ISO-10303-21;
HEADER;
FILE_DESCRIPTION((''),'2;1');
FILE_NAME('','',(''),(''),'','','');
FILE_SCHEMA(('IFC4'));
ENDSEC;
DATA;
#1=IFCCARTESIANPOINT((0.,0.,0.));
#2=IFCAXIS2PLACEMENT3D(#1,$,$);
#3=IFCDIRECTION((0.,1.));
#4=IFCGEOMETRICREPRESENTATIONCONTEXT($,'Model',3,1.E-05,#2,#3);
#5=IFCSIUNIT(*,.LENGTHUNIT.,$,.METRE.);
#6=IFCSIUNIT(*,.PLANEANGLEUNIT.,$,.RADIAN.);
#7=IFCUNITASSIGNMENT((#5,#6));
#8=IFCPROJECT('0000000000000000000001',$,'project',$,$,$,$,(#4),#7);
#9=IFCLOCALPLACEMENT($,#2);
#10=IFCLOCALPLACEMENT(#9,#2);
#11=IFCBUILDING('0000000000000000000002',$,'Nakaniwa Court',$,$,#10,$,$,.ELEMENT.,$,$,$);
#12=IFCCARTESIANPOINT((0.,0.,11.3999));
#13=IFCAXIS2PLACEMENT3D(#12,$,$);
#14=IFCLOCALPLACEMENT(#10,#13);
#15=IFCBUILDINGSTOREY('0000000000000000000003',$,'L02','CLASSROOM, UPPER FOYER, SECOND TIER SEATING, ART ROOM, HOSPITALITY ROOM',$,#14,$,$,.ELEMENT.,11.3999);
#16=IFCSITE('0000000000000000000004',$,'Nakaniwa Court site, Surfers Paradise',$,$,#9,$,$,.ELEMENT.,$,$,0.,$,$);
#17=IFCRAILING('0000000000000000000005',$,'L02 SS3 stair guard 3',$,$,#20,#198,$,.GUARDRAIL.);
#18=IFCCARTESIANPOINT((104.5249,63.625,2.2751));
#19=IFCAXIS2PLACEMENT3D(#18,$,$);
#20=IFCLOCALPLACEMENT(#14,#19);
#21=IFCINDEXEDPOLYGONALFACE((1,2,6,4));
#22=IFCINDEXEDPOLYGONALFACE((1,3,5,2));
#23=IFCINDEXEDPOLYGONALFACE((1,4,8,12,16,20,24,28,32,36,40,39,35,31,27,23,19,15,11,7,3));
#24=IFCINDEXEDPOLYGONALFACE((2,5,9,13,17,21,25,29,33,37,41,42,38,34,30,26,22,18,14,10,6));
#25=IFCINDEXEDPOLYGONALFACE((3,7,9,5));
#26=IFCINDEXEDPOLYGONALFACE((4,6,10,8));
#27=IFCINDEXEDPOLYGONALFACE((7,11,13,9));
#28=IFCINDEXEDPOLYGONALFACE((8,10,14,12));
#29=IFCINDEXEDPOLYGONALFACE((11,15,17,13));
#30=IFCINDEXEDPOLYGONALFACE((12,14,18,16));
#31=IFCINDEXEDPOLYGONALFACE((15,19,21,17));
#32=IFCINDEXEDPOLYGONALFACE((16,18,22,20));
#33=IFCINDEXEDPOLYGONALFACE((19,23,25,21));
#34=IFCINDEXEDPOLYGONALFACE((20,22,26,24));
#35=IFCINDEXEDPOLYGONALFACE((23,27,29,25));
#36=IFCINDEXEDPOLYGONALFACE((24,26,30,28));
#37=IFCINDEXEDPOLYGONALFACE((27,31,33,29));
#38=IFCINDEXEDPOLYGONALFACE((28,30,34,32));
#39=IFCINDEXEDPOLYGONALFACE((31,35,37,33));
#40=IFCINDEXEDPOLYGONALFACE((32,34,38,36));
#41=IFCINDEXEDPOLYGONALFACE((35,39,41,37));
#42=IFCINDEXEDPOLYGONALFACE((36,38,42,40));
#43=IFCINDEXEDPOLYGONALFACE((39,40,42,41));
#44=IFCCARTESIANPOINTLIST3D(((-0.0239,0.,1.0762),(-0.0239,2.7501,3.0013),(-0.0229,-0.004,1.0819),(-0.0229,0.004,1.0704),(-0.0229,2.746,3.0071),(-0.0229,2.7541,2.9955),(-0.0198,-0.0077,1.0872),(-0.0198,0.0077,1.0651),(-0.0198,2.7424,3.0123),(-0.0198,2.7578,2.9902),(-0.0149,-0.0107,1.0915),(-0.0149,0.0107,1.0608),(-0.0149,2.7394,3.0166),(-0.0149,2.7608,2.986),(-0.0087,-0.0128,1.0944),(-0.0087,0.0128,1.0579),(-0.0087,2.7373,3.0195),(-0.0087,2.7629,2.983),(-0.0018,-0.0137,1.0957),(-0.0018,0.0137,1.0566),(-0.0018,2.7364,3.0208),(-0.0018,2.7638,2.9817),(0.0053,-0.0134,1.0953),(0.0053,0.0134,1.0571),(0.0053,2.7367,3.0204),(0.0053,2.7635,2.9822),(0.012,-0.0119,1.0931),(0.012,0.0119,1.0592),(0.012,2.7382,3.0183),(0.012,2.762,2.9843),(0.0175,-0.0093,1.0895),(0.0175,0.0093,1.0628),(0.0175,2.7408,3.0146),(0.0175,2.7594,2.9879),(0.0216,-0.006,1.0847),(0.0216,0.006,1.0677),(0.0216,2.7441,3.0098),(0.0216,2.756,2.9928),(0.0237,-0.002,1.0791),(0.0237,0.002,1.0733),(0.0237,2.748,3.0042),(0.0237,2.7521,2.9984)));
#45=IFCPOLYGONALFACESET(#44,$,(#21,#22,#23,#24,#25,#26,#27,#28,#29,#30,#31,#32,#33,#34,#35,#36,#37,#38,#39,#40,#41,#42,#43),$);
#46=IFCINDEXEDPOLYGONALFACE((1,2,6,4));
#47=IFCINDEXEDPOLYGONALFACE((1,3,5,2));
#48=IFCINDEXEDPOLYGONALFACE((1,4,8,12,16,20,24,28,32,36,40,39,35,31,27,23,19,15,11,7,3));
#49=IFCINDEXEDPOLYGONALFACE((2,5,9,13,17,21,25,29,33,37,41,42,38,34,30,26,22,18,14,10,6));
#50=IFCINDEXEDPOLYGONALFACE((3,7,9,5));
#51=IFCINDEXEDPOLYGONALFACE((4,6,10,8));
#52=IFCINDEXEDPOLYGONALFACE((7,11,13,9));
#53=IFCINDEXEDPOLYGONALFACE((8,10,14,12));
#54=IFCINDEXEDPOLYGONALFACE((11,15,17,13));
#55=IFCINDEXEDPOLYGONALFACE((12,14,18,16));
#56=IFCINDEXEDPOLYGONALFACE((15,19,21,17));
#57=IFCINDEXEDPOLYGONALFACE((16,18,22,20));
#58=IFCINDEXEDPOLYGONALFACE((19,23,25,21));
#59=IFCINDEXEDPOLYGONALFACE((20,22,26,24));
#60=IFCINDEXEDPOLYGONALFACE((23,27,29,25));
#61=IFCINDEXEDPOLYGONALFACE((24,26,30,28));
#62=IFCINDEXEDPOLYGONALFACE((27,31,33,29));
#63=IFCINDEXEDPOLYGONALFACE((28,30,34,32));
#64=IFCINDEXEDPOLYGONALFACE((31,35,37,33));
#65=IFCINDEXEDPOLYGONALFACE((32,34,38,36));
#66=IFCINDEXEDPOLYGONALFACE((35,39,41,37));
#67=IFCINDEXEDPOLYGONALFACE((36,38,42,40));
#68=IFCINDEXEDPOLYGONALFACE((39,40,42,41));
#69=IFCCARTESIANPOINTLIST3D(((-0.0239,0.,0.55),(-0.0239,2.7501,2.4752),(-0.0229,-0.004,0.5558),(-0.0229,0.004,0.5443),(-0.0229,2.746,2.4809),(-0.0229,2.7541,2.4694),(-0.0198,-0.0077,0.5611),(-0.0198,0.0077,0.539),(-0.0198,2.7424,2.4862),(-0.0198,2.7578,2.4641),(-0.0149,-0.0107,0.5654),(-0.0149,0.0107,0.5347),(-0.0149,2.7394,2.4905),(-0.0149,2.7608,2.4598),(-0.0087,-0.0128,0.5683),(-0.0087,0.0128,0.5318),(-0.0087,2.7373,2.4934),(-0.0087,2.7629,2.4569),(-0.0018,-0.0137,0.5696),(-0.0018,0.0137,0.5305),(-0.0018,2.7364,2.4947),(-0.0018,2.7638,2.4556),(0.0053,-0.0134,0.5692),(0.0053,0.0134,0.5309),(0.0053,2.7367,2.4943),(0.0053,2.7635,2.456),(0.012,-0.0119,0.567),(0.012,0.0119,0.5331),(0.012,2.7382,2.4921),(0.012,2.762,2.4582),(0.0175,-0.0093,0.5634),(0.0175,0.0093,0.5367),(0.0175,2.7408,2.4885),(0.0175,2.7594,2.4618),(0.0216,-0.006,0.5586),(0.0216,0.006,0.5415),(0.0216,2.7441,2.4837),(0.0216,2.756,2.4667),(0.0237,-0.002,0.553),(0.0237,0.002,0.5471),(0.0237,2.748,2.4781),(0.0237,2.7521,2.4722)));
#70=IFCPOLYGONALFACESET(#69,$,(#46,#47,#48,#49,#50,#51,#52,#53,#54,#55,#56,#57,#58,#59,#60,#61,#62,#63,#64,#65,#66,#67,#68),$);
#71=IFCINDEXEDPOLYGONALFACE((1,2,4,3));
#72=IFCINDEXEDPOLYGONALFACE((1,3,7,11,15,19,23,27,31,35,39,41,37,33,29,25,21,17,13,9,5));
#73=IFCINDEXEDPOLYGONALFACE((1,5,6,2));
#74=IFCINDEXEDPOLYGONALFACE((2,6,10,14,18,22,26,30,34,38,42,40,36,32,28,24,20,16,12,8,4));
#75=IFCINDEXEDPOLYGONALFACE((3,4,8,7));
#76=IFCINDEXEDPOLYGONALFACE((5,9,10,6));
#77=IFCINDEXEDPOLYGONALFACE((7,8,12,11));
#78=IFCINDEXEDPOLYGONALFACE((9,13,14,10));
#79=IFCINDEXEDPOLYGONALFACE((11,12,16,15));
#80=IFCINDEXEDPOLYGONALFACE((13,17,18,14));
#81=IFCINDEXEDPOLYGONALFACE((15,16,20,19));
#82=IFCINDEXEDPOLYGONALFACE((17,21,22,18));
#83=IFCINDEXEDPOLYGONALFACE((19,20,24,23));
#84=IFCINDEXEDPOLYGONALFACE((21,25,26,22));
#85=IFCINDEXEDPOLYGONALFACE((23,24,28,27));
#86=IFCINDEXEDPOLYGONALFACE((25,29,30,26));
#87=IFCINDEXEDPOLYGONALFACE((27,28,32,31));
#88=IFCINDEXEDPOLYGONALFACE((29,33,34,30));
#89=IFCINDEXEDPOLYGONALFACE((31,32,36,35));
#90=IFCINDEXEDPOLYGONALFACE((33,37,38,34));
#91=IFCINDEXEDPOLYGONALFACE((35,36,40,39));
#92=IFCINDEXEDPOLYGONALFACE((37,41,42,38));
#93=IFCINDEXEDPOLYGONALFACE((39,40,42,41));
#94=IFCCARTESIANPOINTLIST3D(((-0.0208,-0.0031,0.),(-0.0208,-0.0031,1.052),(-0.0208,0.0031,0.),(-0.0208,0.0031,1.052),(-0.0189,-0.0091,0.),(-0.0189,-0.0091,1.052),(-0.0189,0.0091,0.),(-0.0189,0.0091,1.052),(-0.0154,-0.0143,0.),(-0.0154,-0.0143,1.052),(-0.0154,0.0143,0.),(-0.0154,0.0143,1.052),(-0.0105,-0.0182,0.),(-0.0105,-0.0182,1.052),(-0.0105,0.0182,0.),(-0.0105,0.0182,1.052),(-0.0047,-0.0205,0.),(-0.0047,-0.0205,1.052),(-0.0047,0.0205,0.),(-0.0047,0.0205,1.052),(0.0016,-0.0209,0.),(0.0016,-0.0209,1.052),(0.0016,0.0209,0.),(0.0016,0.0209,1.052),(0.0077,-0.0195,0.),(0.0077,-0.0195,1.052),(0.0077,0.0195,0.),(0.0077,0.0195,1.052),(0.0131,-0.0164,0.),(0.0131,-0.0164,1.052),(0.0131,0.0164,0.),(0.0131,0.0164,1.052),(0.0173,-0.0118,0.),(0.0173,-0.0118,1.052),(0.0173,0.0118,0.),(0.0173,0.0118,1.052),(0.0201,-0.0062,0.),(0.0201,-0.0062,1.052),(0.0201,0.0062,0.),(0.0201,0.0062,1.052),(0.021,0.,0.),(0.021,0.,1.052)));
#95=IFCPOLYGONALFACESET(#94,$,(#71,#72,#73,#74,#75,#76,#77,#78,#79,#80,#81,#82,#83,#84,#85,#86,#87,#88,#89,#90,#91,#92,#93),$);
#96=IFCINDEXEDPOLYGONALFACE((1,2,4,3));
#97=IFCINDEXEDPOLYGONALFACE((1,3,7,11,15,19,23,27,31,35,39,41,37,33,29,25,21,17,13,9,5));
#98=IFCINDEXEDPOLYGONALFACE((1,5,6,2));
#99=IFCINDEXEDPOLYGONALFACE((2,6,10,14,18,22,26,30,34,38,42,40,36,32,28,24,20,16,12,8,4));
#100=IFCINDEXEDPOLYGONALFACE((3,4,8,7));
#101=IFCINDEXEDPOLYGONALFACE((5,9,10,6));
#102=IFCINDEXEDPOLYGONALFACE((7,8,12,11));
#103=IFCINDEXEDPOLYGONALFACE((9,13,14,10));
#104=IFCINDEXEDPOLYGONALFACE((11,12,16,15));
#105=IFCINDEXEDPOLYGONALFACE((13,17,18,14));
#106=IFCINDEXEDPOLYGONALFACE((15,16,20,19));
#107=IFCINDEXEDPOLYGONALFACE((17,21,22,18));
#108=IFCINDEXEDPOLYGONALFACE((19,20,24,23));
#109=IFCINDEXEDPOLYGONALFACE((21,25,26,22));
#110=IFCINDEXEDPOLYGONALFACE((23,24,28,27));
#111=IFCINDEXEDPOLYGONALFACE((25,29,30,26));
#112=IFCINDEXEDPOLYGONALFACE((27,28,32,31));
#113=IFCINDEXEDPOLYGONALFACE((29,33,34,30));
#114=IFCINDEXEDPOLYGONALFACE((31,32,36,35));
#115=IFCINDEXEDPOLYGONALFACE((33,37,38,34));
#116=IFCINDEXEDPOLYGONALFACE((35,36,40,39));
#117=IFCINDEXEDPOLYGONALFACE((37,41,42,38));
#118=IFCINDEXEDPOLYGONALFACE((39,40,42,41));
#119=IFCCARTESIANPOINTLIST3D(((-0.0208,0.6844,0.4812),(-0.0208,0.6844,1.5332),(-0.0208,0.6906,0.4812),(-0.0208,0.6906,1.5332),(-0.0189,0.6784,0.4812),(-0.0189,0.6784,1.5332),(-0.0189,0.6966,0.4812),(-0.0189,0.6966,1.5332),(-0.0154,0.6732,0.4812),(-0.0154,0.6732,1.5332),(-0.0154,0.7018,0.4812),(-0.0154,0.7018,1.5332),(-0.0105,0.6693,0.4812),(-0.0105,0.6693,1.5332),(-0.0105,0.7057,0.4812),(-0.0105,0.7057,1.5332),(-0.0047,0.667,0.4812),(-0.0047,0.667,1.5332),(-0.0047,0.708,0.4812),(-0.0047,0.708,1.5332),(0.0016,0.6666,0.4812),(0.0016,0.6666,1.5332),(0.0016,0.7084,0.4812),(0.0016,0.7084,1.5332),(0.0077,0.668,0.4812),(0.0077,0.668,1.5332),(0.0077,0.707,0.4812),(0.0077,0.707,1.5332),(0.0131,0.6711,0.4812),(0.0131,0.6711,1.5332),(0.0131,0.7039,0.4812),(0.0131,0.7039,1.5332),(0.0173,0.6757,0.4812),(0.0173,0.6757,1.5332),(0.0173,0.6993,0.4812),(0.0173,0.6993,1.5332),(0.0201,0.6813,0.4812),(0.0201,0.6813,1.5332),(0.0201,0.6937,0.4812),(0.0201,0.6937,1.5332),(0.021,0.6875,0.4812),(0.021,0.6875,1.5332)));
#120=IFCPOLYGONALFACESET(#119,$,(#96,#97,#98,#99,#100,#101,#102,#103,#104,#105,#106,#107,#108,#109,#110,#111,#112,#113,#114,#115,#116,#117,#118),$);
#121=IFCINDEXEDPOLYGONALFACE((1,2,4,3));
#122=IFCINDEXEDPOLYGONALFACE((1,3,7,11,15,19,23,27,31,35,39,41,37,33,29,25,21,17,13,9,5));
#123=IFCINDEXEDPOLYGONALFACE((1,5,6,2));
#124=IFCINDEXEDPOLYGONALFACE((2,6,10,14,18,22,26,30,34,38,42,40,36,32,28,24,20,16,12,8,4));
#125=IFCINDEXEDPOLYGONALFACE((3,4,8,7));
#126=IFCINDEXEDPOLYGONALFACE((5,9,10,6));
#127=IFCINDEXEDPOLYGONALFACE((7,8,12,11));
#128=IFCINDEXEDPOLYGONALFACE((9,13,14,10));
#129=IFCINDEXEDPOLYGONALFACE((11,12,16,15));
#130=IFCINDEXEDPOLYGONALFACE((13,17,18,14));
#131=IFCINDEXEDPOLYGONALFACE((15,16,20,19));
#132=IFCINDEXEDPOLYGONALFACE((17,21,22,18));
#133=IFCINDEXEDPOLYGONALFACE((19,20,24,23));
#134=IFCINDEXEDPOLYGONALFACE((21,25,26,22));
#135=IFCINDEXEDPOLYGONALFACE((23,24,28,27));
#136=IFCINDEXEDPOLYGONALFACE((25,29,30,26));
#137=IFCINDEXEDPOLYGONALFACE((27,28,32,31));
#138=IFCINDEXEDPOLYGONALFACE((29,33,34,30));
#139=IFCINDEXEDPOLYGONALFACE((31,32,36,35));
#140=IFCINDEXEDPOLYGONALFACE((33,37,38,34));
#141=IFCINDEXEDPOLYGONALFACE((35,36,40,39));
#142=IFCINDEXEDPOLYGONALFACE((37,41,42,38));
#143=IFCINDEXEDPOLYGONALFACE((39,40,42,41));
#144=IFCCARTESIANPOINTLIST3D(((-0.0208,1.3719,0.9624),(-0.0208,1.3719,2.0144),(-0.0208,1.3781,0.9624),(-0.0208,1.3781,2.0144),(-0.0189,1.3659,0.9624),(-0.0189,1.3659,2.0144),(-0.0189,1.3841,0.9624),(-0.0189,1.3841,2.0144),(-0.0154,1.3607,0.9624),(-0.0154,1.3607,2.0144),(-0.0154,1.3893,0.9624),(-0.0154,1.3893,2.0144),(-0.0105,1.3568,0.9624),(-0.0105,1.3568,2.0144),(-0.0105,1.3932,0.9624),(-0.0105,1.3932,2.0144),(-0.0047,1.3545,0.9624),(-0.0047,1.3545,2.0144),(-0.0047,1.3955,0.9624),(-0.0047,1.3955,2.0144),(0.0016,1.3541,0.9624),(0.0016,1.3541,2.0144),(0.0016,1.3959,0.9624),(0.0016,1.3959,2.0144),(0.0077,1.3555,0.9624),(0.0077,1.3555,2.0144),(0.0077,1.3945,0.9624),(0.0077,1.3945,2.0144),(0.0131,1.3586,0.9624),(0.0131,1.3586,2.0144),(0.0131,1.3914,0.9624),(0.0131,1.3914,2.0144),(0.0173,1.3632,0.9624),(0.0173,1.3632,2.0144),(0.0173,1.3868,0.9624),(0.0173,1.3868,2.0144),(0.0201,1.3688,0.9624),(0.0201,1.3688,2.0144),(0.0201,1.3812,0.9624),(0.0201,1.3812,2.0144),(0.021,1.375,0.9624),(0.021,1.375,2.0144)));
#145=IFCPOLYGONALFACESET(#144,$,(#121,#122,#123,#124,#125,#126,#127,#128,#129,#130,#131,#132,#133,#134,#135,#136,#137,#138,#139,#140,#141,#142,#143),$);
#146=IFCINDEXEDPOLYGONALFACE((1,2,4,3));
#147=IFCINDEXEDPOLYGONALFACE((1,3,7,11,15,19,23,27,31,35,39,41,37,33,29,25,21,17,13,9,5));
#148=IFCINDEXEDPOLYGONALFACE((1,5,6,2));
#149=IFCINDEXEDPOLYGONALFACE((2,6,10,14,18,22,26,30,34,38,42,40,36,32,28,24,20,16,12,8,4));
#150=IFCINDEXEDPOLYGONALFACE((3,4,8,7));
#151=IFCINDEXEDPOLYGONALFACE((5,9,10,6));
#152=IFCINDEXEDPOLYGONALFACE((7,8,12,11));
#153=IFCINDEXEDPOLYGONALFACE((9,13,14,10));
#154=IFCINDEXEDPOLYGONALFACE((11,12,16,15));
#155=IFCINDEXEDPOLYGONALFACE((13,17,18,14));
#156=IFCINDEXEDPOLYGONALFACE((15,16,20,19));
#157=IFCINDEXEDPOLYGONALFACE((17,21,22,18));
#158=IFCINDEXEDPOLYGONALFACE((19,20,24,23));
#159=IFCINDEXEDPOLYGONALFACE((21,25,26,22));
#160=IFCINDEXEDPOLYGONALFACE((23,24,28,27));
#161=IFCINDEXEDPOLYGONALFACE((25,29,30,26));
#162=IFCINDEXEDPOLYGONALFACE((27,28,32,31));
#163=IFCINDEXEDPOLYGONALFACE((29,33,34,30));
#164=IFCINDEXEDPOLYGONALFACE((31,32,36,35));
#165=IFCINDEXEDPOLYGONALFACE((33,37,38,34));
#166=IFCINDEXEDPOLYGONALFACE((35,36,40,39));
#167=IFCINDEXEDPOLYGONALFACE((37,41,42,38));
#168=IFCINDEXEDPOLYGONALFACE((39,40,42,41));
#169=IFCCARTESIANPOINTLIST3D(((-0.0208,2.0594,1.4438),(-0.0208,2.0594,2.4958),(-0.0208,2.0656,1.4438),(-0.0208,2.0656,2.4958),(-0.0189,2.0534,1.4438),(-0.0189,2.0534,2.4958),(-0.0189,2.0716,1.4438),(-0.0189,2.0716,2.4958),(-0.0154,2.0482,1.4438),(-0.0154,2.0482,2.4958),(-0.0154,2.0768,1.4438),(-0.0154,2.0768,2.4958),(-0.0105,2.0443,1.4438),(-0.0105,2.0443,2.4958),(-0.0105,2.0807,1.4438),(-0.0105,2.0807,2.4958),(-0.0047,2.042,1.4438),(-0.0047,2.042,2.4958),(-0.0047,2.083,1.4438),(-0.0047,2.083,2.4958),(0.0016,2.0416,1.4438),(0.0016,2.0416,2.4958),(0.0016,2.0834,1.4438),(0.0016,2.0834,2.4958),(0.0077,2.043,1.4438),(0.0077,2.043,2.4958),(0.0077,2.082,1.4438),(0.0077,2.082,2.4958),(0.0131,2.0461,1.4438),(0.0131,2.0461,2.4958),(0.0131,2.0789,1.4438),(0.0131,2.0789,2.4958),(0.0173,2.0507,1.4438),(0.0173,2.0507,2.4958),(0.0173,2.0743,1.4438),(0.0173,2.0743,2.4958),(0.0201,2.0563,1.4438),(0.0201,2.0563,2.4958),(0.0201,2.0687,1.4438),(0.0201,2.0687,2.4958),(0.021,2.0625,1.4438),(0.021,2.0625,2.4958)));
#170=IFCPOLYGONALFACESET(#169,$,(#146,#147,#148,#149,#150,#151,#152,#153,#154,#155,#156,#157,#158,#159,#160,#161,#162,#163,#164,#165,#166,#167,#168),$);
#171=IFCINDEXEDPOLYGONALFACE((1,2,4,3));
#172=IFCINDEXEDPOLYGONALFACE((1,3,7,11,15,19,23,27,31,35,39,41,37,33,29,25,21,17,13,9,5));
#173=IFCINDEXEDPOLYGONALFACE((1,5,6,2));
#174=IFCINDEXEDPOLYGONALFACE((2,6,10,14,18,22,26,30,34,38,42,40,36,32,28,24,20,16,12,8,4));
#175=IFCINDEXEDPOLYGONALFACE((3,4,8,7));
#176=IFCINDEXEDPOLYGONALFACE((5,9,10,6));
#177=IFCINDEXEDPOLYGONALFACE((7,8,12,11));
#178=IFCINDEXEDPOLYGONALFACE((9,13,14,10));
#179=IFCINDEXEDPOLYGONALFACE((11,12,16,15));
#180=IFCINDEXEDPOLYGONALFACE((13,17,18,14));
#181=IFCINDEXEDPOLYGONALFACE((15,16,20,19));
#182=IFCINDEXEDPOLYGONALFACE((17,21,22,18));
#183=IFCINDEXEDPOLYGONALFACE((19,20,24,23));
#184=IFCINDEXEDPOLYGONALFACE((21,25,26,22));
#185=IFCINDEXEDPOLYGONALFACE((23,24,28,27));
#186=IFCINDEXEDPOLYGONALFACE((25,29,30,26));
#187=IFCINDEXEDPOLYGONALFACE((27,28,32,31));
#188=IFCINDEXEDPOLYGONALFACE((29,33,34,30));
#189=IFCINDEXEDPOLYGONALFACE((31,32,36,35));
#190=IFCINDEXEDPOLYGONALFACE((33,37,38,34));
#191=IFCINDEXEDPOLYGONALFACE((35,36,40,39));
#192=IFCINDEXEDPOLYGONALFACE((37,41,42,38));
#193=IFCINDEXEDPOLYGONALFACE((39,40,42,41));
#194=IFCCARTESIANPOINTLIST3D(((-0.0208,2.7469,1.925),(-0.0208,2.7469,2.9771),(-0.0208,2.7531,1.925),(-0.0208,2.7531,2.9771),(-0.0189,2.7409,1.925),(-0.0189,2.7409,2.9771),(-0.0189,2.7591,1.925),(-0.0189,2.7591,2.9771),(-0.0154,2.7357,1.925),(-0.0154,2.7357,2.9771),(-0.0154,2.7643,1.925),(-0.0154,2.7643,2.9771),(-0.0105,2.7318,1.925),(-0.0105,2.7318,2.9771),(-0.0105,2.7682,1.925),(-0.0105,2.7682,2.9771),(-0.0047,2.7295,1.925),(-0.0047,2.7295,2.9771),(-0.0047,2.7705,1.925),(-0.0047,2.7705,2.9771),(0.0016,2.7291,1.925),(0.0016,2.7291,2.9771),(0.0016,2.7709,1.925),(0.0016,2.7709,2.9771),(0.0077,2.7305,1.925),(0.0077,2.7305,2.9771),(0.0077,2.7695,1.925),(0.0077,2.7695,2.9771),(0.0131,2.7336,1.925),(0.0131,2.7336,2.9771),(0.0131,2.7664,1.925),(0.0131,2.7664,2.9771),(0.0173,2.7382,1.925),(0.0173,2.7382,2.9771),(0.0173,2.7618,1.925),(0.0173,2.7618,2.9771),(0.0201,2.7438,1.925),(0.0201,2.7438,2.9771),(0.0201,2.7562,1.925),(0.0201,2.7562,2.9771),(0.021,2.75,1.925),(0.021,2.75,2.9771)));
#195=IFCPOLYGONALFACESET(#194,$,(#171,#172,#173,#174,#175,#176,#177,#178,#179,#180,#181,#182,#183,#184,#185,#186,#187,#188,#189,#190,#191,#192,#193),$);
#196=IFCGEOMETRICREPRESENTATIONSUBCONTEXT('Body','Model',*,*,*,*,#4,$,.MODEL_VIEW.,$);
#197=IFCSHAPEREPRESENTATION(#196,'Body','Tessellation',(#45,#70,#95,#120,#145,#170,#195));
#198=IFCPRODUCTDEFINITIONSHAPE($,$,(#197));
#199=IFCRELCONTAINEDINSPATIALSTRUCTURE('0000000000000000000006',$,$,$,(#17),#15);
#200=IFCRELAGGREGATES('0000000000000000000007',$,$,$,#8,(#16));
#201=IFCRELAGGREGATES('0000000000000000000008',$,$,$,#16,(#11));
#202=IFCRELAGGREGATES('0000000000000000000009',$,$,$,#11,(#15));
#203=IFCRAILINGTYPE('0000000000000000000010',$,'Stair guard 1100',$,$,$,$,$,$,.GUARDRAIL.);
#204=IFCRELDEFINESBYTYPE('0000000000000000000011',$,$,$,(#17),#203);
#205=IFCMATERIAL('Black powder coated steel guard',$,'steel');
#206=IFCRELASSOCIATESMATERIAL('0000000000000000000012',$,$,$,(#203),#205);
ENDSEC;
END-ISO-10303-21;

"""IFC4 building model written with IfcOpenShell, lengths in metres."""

from ifc_helpers import new_model, si_unit, direction, frame, origin, origin_2d, place, context, subcontext, project, spatial, circle, extrude, material, type_object, element, save


model = new_model("IFC4")

# Units and contexts
model_context = context("Model", 3, precision=1e-05, world=origin(), true_north=direction((0.0, 1.0)))
body_context = subcontext(model_context, "Body", "Model", "MODEL_VIEW")
ifc_project = project(units=[si_unit("LENGTHUNIT", "METRE"), si_unit("PLANEANGLEUNIT", "RADIAN")], contexts=[model_context])

# Site, building, storey
site_placement = place(None, origin())
site = spatial("IfcSite", under=ifc_project, at=site_placement, Name="Nakaniwa Court site, Surfers Paradise", CompositionType="ELEMENT", RefElevation=0.0)
building_placement = place(site_placement, origin())
building = spatial("IfcBuilding", under=site, at=building_placement, Name="Nakaniwa Court", CompositionType="ELEMENT")
storey_placement = place(building_placement, frame((0.0, 0.0, 11.3999)))
storey = spatial("IfcBuildingStorey", under=building, at=storey_placement, Name="L02", Description="CLASSROOM, UPPER FOYER, SECOND TIER SEATING, ART ROOM, HOSPITALITY ROOM", CompositionType="ELEMENT", Elevation=11.3999)

# Railing
ifc_material_1 = material(Name="Black powder coated steel guard", Category="steel")
railing_type_1 = type_object("IfcRailingType", Name="Stair guard 1100", PredefinedType="GUARDRAIL", material=ifc_material_1)
railing_1_placement = place(storey_placement, frame((104.5249, 63.625, 2.2751)))
element("IfcRailing", 1, at=railing_1_placement, inside=storey, type_object=railing_type_1, Name="L02 SS3 stair guard 3", PredefinedType="GUARDRAIL", context=body_context, shape_type="SweptSolid", body=[
    extrude(circle(Radius=0.0239, at=origin_2d()), frame((0.0, 0.0, 1.0762), z_axis=(0.0, 0.819225, 0.573472), x_axis=(-1.0, 0.0, 0.0)), (0.0, 0.0, 1.0), 3.3569),
    extrude(circle(Radius=0.0239, at=origin_2d()), frame((0.0, 0.0, 0.55), z_axis=(0.0, 0.819225, 0.573472), x_axis=(-1.0, 0.0, 0.0)), (0.0, 0.0, 1.0), 3.3569),
    extrude(circle(Radius=0.021, at=origin_2d()), origin(), (0.0, 0.0, 1.0), 1.052),
    extrude(circle(Radius=0.021, at=origin_2d()), frame((0.0, 0.6875, 0.4812)), (0.0, 0.0, 1.0), 1.052),
    extrude(circle(Radius=0.021, at=origin_2d()), frame((0.0, 1.375, 0.9624)), (0.0, 0.0, 1.0), 1.052),
    extrude(circle(Radius=0.021, at=origin_2d()), frame((0.0, 2.0625, 1.4438)), (0.0, 0.0, 1.0), 1.052),
    extrude(circle(Radius=0.021, at=origin_2d()), frame((0.0, 2.75, 1.925)), (0.0, 0.0, 1.0), 1.052),
])

save(model, "model.ifc")
